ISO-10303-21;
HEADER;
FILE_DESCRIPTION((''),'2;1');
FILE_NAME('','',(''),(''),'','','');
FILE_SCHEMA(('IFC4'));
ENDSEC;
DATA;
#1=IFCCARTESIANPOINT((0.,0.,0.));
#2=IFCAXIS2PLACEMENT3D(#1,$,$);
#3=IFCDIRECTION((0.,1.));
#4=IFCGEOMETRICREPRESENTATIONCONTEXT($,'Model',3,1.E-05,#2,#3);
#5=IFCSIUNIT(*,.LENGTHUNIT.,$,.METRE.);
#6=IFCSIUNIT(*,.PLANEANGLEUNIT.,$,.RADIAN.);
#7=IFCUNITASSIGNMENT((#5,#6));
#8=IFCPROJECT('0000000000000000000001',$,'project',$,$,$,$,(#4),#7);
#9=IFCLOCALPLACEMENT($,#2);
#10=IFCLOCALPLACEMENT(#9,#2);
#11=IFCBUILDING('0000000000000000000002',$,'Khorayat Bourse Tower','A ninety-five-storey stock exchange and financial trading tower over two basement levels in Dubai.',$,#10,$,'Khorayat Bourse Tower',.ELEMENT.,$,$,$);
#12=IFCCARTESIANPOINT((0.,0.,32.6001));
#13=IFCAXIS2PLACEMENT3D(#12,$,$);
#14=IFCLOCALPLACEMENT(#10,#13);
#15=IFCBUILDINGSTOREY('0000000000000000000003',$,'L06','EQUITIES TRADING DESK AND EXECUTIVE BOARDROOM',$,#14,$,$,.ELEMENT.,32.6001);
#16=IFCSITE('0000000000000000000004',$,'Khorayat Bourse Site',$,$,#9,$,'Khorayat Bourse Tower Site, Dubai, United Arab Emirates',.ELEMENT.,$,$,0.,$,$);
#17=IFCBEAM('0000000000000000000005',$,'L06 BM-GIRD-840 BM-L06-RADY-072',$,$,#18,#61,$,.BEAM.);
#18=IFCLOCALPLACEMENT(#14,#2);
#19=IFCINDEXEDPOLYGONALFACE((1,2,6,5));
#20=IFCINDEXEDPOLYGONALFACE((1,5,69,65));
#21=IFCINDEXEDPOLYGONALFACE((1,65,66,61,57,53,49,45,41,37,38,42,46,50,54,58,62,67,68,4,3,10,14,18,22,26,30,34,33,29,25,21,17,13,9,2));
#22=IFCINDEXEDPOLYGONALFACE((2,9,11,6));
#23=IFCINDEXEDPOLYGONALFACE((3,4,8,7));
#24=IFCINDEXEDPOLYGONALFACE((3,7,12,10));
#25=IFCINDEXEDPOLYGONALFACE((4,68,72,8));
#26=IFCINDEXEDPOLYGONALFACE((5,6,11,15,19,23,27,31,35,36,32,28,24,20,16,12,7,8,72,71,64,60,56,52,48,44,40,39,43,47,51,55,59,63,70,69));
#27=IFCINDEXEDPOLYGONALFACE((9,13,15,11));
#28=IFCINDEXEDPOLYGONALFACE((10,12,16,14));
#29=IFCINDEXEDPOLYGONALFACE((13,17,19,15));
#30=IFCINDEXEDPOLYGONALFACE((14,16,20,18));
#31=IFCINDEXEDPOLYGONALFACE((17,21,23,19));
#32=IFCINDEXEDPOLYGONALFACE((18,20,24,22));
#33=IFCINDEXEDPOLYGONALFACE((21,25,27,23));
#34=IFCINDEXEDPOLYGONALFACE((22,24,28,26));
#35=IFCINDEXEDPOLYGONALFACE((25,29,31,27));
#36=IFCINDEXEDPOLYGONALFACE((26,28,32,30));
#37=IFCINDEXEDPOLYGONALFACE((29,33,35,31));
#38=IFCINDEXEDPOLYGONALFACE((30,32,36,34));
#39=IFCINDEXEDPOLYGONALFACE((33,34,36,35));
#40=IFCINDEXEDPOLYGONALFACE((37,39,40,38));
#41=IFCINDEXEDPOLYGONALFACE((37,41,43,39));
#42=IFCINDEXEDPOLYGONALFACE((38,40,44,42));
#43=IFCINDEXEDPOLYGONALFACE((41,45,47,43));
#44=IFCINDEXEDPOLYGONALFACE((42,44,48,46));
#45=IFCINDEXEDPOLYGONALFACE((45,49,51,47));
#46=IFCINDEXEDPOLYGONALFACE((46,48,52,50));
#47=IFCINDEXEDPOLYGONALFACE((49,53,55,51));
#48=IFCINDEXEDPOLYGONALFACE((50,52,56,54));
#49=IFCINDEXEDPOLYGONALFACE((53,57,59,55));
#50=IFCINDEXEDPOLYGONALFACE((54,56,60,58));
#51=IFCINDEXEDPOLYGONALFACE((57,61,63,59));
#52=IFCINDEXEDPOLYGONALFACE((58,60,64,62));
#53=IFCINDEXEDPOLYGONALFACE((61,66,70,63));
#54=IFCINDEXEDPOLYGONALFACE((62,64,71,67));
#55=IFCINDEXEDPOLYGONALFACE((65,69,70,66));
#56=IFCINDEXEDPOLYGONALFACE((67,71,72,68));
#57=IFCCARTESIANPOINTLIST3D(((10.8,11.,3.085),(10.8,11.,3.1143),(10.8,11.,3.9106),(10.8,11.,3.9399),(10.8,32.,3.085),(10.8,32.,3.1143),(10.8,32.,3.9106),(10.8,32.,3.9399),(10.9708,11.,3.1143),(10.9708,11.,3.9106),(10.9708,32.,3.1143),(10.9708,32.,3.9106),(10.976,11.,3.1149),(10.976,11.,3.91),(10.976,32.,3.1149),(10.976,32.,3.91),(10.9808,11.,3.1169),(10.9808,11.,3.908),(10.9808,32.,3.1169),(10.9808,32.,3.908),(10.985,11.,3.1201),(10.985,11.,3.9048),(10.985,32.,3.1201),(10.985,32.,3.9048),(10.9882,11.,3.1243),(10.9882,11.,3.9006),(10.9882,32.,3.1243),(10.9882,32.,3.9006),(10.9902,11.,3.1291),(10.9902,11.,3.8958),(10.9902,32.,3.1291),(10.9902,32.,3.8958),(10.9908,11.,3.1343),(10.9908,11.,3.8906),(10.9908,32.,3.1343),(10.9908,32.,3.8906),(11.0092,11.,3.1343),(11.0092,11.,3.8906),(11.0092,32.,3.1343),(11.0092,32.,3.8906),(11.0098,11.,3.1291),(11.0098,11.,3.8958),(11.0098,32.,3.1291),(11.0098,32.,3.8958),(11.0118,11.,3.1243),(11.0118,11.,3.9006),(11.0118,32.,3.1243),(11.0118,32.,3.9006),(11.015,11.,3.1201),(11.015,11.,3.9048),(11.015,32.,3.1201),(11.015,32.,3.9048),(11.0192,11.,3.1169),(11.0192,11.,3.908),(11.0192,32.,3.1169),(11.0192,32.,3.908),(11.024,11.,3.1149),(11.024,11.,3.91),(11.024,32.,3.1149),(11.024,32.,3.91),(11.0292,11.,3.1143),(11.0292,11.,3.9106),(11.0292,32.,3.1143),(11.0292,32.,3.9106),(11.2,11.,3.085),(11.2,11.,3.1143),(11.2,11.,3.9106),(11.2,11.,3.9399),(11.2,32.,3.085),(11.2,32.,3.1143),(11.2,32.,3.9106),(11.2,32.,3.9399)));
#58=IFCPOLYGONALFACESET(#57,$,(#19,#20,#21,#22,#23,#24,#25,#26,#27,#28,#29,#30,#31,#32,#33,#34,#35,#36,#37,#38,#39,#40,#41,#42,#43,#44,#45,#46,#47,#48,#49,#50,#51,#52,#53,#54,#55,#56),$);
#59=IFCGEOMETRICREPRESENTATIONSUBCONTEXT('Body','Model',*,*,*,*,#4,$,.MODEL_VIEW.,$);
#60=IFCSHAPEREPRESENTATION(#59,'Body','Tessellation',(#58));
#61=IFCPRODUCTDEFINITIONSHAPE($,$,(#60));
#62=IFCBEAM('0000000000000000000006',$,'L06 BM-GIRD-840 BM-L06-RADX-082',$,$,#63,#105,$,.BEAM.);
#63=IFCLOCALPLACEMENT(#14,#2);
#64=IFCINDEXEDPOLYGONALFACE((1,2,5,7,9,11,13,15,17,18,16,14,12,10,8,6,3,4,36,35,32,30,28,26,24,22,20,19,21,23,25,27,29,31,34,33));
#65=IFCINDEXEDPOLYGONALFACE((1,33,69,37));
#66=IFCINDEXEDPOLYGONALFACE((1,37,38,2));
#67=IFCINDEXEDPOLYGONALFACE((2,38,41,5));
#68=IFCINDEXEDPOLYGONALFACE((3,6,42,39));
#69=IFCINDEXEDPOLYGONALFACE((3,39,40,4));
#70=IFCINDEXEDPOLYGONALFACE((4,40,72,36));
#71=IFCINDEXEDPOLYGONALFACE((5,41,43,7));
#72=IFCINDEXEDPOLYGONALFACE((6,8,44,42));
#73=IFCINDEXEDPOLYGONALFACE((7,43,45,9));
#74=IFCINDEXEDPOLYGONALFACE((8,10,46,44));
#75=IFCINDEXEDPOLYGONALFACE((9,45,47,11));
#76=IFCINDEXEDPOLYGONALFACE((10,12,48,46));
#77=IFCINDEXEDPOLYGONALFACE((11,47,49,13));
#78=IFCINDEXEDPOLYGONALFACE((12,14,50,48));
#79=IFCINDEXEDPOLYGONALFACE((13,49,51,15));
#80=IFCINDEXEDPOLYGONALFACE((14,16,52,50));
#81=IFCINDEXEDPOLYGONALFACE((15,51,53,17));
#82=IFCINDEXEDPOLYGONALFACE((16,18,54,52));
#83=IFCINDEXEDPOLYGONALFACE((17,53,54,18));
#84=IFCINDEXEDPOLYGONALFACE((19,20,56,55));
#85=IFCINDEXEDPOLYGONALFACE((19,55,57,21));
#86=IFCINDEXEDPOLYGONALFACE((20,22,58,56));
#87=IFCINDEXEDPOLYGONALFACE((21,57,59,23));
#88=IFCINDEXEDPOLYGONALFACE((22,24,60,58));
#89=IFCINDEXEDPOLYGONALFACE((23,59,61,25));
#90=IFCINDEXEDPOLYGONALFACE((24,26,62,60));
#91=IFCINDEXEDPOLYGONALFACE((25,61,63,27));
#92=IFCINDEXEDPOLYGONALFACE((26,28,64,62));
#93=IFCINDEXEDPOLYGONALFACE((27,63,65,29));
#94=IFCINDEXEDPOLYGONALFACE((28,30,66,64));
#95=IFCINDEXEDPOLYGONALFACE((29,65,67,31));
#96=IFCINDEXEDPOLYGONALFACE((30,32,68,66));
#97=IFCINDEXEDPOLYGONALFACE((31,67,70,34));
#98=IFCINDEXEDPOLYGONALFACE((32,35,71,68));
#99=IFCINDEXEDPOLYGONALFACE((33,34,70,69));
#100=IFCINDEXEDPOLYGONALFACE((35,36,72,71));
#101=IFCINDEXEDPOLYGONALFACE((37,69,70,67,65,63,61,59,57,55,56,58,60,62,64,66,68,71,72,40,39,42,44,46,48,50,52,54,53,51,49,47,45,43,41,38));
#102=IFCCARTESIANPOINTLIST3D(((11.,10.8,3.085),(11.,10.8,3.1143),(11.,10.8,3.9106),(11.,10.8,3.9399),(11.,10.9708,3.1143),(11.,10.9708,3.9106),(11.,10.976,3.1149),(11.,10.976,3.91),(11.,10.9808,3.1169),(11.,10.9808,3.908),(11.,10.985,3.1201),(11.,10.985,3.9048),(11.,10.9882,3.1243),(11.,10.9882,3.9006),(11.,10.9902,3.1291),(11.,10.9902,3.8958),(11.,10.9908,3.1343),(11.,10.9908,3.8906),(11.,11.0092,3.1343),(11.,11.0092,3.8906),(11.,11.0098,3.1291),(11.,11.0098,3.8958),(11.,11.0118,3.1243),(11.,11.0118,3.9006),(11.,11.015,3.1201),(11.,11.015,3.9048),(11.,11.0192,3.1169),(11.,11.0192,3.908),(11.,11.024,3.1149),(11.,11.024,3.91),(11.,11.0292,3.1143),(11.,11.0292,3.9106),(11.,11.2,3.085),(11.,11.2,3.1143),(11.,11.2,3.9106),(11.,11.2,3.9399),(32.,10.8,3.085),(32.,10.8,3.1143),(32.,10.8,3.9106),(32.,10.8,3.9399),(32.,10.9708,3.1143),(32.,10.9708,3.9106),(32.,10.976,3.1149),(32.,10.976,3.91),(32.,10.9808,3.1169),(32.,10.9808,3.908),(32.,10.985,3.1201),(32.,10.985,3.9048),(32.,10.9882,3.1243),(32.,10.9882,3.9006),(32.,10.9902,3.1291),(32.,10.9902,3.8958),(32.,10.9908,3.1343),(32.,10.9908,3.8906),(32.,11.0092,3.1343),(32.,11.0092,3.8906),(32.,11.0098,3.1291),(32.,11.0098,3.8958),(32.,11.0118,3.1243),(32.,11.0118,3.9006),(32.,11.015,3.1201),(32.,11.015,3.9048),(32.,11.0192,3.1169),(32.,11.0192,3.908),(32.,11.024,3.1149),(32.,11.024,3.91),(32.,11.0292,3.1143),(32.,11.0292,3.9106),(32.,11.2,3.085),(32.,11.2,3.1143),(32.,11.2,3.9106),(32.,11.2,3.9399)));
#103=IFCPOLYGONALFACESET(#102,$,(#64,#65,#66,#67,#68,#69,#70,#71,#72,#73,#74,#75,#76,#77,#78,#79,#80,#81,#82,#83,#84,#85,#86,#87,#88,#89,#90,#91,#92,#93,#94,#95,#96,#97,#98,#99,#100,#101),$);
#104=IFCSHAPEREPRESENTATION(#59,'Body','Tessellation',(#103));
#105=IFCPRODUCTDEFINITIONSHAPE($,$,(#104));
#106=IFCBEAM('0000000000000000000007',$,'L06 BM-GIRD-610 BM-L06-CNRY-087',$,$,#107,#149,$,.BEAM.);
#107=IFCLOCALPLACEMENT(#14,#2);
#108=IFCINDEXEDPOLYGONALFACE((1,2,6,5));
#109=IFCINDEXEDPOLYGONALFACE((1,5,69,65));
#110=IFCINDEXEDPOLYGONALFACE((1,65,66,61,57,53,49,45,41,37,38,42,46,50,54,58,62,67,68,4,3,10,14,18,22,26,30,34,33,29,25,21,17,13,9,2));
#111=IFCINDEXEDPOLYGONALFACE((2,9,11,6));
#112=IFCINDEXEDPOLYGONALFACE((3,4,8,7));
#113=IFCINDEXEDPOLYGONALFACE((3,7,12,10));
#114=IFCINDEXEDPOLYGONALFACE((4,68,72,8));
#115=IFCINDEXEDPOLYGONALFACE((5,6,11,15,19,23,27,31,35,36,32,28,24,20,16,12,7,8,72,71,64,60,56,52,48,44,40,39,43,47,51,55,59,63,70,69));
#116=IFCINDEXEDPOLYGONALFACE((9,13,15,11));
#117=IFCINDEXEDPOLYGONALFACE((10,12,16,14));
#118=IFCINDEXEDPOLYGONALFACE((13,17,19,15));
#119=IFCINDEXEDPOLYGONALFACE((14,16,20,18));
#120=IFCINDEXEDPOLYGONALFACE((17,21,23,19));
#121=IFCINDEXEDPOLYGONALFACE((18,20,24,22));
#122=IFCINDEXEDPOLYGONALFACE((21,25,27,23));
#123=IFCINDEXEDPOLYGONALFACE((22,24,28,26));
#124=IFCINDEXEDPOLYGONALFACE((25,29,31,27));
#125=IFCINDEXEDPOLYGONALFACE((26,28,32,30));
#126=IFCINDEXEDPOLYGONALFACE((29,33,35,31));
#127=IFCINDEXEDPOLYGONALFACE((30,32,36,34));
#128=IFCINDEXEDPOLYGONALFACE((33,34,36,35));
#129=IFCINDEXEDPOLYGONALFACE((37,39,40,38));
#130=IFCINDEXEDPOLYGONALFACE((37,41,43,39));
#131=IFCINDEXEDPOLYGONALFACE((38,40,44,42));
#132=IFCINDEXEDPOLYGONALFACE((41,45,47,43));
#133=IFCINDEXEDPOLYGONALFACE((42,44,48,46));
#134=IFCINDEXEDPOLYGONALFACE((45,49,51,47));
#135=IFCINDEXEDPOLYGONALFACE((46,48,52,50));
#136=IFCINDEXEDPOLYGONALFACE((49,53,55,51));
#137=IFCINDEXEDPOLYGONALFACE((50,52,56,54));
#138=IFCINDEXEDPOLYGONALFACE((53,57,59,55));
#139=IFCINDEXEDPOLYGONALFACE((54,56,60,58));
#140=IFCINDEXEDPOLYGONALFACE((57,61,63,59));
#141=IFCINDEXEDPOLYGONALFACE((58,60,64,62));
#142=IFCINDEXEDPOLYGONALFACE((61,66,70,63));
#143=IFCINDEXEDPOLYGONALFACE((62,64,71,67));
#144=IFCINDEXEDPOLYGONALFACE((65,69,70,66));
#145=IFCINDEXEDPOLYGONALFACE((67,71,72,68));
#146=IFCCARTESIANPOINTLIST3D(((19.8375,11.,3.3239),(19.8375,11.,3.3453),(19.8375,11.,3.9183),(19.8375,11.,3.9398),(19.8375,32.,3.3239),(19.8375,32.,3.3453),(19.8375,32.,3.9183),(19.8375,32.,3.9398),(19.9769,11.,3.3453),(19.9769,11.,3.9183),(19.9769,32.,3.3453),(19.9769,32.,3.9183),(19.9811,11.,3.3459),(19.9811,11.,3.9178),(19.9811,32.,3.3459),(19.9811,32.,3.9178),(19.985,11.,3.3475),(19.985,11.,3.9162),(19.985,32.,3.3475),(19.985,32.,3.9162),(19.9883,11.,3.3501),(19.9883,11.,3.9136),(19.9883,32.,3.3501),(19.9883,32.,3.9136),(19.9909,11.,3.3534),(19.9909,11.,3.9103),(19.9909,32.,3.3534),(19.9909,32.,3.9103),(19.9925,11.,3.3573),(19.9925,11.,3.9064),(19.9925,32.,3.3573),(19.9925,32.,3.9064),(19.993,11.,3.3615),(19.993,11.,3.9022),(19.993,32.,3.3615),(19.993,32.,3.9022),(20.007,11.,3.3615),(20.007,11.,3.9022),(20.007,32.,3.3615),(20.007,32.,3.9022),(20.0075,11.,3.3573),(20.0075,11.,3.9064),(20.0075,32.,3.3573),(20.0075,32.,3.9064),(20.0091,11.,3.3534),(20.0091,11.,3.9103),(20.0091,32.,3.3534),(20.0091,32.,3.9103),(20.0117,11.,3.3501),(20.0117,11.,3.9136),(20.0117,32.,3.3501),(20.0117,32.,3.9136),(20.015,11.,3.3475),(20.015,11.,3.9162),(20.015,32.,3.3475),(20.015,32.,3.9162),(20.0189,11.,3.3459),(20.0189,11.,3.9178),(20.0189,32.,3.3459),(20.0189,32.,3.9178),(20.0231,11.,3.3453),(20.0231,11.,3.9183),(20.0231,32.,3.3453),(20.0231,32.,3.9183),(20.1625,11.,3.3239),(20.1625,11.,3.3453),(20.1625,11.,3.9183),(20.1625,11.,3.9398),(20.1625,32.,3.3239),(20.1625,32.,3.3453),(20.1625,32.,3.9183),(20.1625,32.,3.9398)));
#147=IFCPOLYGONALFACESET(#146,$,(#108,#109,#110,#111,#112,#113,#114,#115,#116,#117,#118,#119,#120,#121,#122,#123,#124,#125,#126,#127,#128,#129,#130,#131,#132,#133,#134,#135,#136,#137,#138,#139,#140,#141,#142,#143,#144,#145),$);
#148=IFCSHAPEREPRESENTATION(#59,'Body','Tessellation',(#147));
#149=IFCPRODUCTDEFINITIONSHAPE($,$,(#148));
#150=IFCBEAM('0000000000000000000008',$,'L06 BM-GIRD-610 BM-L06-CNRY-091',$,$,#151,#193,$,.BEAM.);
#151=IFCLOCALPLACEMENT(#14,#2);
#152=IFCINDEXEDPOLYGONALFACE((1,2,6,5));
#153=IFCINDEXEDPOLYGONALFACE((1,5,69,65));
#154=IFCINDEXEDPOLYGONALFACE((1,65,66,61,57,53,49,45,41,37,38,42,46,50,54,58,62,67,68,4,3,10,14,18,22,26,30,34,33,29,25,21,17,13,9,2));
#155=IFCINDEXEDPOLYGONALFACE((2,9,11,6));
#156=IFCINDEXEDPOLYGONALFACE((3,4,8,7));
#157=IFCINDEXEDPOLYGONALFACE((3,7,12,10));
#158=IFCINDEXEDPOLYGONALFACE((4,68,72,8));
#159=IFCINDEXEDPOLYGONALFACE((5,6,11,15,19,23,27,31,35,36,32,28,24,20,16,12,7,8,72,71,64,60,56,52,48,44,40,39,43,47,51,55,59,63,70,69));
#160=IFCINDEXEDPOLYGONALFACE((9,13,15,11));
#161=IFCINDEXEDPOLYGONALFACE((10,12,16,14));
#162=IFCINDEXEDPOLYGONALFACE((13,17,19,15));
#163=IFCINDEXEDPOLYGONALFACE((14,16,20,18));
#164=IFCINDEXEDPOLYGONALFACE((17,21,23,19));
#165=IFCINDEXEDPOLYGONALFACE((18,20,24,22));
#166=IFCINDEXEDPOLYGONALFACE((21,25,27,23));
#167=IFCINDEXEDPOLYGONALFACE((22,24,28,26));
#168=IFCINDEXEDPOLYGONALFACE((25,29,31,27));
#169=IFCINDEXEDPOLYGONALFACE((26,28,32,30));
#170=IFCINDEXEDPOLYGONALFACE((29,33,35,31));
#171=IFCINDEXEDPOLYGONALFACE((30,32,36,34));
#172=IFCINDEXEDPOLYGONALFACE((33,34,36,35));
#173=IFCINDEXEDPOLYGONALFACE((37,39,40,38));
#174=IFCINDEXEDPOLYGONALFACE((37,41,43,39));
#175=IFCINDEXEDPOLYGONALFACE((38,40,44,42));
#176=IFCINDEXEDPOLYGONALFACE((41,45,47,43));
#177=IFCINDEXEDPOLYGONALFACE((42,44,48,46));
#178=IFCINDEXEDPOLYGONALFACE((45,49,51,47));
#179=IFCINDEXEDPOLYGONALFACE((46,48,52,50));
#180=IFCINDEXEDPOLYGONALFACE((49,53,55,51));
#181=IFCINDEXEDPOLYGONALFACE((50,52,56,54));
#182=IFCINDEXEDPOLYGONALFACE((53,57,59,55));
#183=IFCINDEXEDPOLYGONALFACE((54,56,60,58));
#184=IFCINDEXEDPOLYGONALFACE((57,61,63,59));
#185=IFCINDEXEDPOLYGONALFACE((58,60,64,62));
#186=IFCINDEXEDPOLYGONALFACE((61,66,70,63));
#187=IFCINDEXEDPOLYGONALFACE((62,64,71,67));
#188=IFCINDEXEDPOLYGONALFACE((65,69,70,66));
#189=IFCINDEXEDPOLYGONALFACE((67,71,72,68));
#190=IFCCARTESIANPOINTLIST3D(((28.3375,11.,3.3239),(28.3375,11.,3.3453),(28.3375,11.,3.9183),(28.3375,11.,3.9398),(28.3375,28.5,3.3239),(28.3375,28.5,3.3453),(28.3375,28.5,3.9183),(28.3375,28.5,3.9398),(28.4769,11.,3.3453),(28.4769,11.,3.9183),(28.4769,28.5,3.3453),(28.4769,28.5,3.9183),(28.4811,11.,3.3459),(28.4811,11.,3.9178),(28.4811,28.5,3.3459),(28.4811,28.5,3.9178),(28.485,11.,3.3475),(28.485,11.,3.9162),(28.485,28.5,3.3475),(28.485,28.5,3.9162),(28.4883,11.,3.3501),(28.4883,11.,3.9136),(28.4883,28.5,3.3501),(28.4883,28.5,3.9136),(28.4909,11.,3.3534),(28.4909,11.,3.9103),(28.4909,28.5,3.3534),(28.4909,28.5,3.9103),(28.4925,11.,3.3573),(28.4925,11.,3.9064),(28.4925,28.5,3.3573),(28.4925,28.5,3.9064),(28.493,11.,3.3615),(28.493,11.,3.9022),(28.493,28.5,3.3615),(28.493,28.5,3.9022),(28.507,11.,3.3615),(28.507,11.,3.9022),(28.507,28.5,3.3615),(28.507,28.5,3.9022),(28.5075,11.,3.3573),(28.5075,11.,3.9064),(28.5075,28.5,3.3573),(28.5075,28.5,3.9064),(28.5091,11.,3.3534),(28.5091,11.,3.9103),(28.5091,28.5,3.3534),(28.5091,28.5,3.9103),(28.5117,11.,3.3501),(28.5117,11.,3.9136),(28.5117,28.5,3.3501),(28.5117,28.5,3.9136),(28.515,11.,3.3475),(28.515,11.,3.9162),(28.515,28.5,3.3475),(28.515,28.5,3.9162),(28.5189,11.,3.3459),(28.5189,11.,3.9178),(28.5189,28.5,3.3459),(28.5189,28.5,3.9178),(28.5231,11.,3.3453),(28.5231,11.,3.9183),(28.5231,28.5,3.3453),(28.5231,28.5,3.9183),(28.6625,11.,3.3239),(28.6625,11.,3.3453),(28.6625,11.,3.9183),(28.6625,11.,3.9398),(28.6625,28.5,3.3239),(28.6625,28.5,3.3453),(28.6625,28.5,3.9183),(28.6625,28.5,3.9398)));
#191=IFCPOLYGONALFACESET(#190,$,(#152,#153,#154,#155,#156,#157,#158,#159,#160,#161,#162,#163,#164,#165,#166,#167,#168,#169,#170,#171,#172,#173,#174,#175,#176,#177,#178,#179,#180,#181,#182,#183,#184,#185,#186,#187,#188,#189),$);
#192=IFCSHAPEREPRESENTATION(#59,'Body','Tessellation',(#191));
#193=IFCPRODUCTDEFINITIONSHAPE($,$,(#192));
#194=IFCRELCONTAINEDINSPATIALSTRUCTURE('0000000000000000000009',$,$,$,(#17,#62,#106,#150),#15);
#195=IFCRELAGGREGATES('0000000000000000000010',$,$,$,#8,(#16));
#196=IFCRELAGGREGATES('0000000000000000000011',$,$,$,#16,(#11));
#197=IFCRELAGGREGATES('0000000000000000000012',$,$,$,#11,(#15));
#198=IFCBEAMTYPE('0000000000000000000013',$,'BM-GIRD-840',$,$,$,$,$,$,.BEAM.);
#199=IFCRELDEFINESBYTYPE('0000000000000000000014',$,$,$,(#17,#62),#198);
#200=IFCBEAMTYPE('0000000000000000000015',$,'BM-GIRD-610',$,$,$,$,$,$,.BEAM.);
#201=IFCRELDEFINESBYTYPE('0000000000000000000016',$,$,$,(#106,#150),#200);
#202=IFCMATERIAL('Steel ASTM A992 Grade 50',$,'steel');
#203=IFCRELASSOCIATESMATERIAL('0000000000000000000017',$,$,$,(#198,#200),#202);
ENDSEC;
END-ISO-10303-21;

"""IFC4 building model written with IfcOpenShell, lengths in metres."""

from ifc_helpers import new_model, si_unit, direction, frame, origin, origin_2d, place, context, subcontext, project, spatial, i_section, extrude, source, transform, mapped, material, material_profile, profile_set, type_object, element, save


model = new_model("IFC4")

# Units and contexts
model_context = context("Model", 3, precision=1e-05, world=origin(), true_north=direction((0.0, 1.0)))
body_context = subcontext(model_context, "Body", "Model", "MODEL_VIEW")
ifc_project = project(units=[si_unit("LENGTHUNIT", "METRE"), si_unit("PLANEANGLEUNIT", "RADIAN")], contexts=[model_context])

# Site, building, storey
site_placement = place(None, origin())
site = spatial("IfcSite", under=ifc_project, at=site_placement, Name="Khorayat Bourse Site", LongName="Khorayat Bourse Tower Site, Dubai, United Arab Emirates", CompositionType="ELEMENT", RefElevation=0.0)
building_placement = place(site_placement, origin())
building = spatial("IfcBuilding", under=site, at=building_placement, Name="Khorayat Bourse Tower", Description="A ninety-five-storey stock exchange and financial trading tower over two basement levels in Dubai.", LongName="Khorayat Bourse Tower", CompositionType="ELEMENT")
storey_placement = place(building_placement, frame((0.0, 0.0, 32.6001)))
storey = spatial("IfcBuildingStorey", under=building, at=storey_placement, Name="L06", Description="EQUITIES TRADING DESK AND EXECUTIVE BOARDROOM", CompositionType="ELEMENT", Elevation=32.6001)

# Beams
ifc_material_1 = material(Name="Steel ASTM A992 Grade 50", Category="steel")
ifc_material_profile_1 = material_profile(ifc_material_1, i_section(OverallWidth=0.3999, OverallDepth=0.855, WebThickness=0.0183, FlangeThickness=0.0293, FilletRadius=0.02, at=origin_2d()), Name="W840X299")
ifc_profile_set_1 = profile_set([ifc_material_profile_1], Name="Steel ASTM A992 Grade 50")
beam_type_1 = type_object("IfcBeamType", Name="BM-GIRD-840", PredefinedType="BEAM", material=ifc_profile_set_1)
shared_shape_1 = source(origin(), body_context, "Body", "SweptSolid", [
    extrude(i_section(OverallWidth=0.3999, OverallDepth=0.855, WebThickness=0.0183, FlangeThickness=0.0293, FilletRadius=0.02, at=origin_2d()), origin(), (0.0, 0.0, 1.0), 21.0),
])
for number, where, z_axis, x_axis, name in (
    (1, (11.0, 11.0, 3.5125), (0.0, 1.0, 0.0), (-1.0, 0.0, 0.0), "L06 BM-GIRD-840 BM-L06-RADY-072"),
    (2, (11.0, 11.0, 3.5125), (1.0, 0.0, 0.0), (0.0, 1.0, 0.0), "L06 BM-GIRD-840 BM-L06-RADX-082"),
):
    element("IfcBeam", number, at=place(storey_placement, frame(where, z_axis=z_axis, x_axis=x_axis)), inside=storey, type_object=beam_type_1, Name=name, PredefinedType="BEAM", context=body_context, shape_type="MappedRepresentation", body=[
        mapped(shared_shape_1, transform((0.0, 0.0, 0.0), scale=1.0)),
    ])
ifc_material_profile_2 = material_profile(ifc_material_1, i_section(OverallWidth=0.325, OverallDepth=0.616, WebThickness=0.0139, FlangeThickness=0.0215, FilletRadius=0.0161, at=origin_2d()), Name="W610X174")
ifc_profile_set_2 = profile_set([ifc_material_profile_2], Name="Steel ASTM A992 Grade 50")
beam_type_2 = type_object("IfcBeamType", Name="BM-GIRD-610", PredefinedType="BEAM", material=ifc_profile_set_2)
shared_shape_2 = source(origin(), body_context, "Body", "SweptSolid", [
    extrude(i_section(OverallWidth=0.325, OverallDepth=0.616, WebThickness=0.0139, FlangeThickness=0.0215, FilletRadius=0.0161, at=origin_2d()), origin(), (0.0, 0.0, 1.0), 21.0),
])
beam_1_placement = place(storey_placement, frame((20.0, 11.0, 3.6318), z_axis=(0.0, 1.0, 0.0), x_axis=(-1.0, 0.0, 0.0)))
element("IfcBeam", 3, at=beam_1_placement, inside=storey, type_object=beam_type_2, Name="L06 BM-GIRD-610 BM-L06-CNRY-087", PredefinedType="BEAM", context=body_context, shape_type="MappedRepresentation", body=[
    mapped(shared_shape_2, transform((0.0, 0.0, 0.0), scale=1.0)),
])
shared_shape_3 = source(origin(), body_context, "Body", "SweptSolid", [
    extrude(i_section(OverallWidth=0.325, OverallDepth=0.616, WebThickness=0.0139, FlangeThickness=0.0215, FilletRadius=0.0161, at=origin_2d()), origin(), (0.0, 0.0, 1.0), 17.5),
])
beam_2_placement = place(storey_placement, frame((28.5, 11.0, 3.6318), z_axis=(0.0, 1.0, 0.0), x_axis=(-1.0, 0.0, 0.0)))
element("IfcBeam", 4, at=beam_2_placement, inside=storey, type_object=beam_type_2, Name="L06 BM-GIRD-610 BM-L06-CNRY-091", PredefinedType="BEAM", context=body_context, shape_type="MappedRepresentation", body=[
    mapped(shared_shape_3, transform((0.0, 0.0, 0.0), scale=1.0)),
])

save(model, "model.ifc")
